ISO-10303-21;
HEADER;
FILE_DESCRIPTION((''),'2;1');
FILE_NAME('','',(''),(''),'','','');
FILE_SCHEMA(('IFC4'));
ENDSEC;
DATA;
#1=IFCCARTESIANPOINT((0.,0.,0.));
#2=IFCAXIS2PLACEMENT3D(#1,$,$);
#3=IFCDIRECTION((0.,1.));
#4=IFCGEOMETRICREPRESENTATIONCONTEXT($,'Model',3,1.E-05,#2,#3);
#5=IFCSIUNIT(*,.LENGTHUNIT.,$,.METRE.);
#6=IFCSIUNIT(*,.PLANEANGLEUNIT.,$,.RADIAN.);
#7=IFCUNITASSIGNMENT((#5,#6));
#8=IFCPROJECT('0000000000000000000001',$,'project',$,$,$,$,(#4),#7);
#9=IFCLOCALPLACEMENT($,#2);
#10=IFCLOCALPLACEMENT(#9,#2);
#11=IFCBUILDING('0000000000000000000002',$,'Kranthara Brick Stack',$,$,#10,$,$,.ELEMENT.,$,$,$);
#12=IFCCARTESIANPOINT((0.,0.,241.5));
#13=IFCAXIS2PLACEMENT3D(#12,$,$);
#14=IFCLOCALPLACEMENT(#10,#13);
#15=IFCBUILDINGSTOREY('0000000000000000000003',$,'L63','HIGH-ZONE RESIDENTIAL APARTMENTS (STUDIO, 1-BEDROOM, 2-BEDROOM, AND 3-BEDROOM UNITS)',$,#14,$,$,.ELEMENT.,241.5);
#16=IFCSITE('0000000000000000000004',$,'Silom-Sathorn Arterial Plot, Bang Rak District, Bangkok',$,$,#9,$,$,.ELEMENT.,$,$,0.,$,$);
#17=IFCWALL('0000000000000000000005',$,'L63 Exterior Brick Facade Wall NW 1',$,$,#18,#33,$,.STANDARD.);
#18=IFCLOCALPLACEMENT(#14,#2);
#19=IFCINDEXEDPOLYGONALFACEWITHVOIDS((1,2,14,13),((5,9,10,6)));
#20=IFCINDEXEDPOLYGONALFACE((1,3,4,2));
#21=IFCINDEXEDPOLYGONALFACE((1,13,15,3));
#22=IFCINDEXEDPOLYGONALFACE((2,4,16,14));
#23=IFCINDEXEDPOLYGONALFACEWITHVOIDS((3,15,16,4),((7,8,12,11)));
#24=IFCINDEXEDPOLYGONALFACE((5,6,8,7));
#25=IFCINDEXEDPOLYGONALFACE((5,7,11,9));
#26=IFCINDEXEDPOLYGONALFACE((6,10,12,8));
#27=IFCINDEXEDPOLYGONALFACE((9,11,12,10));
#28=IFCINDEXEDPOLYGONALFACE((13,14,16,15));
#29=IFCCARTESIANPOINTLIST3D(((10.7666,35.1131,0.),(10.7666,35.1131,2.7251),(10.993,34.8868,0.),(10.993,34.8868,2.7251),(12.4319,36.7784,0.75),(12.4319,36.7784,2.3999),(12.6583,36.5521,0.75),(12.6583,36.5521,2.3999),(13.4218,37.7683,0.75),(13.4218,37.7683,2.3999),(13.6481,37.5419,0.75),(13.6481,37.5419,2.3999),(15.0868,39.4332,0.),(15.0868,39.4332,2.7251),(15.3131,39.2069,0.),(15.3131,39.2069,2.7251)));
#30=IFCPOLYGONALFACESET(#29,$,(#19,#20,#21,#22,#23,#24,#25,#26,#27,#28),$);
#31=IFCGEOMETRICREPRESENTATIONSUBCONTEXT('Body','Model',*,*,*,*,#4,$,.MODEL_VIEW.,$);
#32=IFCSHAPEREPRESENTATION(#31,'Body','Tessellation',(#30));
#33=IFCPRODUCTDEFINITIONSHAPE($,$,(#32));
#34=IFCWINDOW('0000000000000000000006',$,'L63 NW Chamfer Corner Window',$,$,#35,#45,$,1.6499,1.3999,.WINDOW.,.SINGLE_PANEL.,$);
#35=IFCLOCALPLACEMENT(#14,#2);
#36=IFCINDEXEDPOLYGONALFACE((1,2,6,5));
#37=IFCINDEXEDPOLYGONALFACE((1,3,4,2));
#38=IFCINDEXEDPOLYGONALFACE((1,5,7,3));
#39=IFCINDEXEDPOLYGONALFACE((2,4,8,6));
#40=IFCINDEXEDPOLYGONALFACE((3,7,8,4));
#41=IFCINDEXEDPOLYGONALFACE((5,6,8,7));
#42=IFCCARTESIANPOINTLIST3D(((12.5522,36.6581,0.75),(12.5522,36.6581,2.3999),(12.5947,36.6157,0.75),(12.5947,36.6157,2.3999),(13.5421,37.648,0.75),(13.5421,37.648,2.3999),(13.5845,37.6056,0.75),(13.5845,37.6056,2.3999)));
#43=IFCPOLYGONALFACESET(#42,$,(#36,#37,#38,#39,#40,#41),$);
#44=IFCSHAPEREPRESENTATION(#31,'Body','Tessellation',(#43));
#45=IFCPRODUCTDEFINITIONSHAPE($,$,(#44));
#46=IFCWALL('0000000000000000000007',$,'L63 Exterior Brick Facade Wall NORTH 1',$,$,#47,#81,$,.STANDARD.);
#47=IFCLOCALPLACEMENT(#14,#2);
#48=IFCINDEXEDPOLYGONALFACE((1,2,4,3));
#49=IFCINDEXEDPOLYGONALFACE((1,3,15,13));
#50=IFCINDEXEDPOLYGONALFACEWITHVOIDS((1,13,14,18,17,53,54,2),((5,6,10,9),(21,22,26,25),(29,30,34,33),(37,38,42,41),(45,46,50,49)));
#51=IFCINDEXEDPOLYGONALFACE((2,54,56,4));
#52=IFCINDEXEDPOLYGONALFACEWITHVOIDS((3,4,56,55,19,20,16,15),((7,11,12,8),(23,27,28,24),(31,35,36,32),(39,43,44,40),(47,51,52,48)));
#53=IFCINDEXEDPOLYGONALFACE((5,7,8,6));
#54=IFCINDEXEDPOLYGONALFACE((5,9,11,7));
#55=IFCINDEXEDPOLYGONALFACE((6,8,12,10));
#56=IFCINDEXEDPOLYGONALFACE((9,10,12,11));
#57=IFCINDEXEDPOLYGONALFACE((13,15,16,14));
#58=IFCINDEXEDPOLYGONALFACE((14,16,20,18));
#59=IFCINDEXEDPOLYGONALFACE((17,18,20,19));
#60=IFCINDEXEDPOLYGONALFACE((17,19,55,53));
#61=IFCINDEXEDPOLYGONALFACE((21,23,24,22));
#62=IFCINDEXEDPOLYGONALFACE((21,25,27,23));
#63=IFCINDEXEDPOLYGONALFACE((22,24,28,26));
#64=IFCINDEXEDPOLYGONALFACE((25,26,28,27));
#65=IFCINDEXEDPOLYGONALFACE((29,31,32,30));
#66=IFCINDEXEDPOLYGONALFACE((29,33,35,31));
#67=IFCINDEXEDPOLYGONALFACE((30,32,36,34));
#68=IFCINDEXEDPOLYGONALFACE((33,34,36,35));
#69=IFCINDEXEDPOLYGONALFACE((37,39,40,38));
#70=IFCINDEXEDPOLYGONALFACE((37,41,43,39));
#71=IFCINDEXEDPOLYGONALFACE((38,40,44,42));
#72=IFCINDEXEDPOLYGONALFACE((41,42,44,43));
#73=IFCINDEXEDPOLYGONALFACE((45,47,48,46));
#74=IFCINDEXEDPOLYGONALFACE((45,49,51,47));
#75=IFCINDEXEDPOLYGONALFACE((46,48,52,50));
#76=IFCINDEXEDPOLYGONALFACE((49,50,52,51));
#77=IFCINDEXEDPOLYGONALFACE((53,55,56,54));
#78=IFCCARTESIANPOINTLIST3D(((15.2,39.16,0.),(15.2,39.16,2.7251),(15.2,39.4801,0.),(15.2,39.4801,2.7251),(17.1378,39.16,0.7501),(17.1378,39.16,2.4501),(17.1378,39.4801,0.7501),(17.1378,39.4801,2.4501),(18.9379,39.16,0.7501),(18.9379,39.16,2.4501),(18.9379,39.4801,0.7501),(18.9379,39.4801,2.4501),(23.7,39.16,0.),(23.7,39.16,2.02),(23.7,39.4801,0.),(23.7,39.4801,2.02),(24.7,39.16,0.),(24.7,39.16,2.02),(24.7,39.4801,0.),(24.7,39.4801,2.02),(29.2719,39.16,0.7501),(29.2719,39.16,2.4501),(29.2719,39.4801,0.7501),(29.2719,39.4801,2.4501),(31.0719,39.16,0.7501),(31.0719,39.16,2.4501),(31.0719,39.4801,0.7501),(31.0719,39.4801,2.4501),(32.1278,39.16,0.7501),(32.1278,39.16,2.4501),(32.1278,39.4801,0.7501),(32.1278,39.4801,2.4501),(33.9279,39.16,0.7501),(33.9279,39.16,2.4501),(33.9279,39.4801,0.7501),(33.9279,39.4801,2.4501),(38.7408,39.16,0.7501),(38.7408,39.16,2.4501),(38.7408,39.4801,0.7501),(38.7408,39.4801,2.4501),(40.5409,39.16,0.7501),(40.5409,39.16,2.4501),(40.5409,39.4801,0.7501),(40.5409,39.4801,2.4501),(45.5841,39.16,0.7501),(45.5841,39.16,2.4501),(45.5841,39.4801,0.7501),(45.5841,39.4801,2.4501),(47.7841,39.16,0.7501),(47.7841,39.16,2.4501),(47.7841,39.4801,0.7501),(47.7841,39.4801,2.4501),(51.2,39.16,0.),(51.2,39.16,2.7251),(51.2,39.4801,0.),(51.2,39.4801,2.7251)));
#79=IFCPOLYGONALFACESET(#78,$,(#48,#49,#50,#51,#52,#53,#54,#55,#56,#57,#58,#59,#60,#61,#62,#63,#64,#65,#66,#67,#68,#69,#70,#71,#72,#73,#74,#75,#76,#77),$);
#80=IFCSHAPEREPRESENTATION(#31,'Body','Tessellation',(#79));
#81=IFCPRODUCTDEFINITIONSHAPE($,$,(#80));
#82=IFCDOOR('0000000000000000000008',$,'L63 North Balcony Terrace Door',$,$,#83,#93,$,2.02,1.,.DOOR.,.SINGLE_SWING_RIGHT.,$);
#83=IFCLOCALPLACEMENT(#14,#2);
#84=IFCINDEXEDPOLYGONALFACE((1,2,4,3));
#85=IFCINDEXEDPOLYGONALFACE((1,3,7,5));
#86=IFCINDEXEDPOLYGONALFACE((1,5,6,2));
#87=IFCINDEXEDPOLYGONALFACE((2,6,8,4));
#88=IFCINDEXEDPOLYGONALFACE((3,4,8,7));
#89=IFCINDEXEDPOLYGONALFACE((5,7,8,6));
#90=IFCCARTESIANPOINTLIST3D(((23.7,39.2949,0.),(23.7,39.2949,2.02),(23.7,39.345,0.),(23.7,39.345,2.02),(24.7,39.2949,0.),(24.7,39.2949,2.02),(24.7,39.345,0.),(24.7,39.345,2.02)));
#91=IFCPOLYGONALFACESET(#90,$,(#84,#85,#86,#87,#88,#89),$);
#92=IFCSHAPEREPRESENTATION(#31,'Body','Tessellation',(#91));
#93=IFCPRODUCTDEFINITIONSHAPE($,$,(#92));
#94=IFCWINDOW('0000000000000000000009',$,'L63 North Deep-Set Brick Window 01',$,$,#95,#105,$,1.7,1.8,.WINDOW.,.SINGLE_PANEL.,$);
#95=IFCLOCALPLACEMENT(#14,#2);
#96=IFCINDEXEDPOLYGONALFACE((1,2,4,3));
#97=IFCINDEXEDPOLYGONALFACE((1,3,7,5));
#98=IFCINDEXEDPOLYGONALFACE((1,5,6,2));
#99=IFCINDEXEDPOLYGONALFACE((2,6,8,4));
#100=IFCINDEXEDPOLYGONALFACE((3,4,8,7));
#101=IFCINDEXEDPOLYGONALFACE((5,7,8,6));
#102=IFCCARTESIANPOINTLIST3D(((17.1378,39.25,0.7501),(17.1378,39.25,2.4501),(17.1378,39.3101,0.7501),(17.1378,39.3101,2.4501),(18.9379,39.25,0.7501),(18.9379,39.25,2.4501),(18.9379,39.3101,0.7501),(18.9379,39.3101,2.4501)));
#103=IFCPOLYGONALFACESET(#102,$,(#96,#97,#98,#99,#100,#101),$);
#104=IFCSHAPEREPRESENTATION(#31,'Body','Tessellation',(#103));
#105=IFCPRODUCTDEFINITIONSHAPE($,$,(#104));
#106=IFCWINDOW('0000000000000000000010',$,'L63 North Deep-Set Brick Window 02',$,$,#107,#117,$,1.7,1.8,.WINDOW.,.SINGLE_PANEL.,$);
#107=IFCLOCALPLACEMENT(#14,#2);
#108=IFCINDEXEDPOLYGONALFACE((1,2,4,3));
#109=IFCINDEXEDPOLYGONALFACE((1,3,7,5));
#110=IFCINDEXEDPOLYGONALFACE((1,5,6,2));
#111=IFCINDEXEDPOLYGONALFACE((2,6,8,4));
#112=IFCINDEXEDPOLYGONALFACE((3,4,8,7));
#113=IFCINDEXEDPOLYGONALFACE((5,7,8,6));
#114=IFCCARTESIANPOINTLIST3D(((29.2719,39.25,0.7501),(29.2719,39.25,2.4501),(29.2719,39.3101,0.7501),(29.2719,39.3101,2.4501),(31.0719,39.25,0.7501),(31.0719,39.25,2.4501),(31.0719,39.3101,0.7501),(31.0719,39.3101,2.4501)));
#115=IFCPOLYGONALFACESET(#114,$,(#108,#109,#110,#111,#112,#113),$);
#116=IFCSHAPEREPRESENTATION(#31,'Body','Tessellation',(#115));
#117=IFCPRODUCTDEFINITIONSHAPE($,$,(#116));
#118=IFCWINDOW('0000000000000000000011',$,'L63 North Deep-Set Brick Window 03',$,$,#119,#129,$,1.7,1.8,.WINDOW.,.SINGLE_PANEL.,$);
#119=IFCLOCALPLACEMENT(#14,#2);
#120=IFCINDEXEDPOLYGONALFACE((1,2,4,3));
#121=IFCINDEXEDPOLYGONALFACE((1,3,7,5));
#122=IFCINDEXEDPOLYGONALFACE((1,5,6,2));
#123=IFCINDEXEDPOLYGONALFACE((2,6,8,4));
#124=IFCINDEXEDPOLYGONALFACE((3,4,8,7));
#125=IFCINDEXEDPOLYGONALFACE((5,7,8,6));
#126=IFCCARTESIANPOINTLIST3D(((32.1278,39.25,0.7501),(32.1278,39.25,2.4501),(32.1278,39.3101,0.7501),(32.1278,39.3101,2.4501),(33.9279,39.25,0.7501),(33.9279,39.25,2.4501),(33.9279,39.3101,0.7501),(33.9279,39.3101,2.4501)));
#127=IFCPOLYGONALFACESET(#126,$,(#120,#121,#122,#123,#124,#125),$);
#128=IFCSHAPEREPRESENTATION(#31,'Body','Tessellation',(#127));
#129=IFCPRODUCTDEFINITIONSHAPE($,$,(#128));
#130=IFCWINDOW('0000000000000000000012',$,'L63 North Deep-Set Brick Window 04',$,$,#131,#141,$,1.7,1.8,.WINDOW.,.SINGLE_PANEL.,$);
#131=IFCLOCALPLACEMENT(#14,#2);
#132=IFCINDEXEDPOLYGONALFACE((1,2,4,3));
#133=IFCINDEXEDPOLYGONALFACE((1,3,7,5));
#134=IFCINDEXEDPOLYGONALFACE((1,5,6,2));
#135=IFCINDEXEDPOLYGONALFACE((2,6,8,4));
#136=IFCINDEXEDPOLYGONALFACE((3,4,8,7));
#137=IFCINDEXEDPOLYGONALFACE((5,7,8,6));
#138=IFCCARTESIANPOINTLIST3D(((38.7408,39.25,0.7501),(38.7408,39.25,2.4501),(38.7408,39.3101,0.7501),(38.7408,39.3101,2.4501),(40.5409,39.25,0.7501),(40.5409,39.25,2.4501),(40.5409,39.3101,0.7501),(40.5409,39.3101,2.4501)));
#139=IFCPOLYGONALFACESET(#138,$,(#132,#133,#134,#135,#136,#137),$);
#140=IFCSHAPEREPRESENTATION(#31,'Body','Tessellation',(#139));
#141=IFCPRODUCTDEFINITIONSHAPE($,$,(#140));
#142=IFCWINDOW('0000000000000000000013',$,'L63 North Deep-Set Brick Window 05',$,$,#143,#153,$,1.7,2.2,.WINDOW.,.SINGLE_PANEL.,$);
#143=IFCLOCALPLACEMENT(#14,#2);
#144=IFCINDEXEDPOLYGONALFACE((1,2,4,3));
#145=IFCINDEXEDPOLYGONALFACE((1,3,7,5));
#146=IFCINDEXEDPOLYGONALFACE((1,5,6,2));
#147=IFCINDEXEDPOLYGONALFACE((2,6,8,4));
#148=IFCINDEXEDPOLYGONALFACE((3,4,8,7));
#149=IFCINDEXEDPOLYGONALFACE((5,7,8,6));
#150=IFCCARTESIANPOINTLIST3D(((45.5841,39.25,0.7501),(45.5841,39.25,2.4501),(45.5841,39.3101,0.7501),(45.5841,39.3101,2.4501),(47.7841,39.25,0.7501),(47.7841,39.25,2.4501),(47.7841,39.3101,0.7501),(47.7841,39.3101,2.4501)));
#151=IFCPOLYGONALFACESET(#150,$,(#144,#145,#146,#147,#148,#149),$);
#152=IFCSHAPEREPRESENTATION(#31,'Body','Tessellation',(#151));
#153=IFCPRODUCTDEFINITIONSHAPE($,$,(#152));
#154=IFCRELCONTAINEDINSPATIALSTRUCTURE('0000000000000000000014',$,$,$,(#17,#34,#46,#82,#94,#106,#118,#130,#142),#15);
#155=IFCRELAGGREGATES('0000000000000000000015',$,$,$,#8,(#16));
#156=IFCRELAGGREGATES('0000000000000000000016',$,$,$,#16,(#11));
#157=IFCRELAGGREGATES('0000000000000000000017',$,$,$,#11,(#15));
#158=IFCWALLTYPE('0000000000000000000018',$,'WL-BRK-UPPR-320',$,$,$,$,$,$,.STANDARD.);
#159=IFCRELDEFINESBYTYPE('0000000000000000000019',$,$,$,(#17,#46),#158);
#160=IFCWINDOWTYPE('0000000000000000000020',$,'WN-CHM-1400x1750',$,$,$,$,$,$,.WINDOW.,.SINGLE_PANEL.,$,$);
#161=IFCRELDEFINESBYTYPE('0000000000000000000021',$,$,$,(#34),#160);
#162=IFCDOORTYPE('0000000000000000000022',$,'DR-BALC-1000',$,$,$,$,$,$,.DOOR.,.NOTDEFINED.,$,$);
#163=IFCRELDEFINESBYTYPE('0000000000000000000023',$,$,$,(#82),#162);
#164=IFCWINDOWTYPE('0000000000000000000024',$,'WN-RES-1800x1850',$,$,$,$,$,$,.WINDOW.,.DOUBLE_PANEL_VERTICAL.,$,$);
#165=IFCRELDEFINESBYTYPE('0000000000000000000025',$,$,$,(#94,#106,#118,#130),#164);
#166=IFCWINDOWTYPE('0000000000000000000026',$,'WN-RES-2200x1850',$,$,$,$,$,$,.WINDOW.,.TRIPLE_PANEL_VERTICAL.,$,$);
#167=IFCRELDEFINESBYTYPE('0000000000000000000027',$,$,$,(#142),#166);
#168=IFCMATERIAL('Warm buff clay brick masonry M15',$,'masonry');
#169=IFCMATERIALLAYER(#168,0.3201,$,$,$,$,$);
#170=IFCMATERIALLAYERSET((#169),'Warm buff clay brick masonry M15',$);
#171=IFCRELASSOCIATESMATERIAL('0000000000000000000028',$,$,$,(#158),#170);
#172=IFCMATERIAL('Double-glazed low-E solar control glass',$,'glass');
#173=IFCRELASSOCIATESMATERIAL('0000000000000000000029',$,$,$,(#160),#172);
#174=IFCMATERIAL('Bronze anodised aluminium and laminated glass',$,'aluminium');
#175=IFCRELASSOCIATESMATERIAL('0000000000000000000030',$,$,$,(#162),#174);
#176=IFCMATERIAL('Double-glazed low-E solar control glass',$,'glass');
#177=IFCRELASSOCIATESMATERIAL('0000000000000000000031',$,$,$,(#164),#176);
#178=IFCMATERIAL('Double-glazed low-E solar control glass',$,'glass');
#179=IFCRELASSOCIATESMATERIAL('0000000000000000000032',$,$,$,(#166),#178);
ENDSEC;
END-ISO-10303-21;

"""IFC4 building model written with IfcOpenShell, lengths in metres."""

from ifc_helpers import new_model, si_unit, direction, frame, frame_2d, origin, place, context, subcontext, project, spatial, rectangle, extrude, material, layer, layer_set, type_object, element, fill, save


model = new_model("IFC4")

# Units and contexts
model_context = context("Model", 3, precision=1e-05, world=origin(), true_north=direction((0.0, 1.0)))
body_context = subcontext(model_context, "Body", "Model", "MODEL_VIEW")
ifc_project = project(units=[si_unit("LENGTHUNIT", "METRE"), si_unit("PLANEANGLEUNIT", "RADIAN")], contexts=[model_context])

# Site, building, storey
site_placement = place(None, origin())
site = spatial("IfcSite", under=ifc_project, at=site_placement, Name="Silom-Sathorn Arterial Plot, Bang Rak District, Bangkok", CompositionType="ELEMENT", RefElevation=0.0)
building_placement = place(site_placement, origin())
building = spatial("IfcBuilding", under=site, at=building_placement, Name="Kranthara Brick Stack", CompositionType="ELEMENT")
storey_placement = place(building_placement, frame((0.0, 0.0, 241.5)))
storey = spatial("IfcBuildingStorey", under=building, at=storey_placement, Name="L63", Description="HIGH-ZONE RESIDENTIAL APARTMENTS (STUDIO, 1-BEDROOM, 2-BEDROOM, AND 3-BEDROOM UNITS)", CompositionType="ELEMENT", Elevation=241.5)

# Wall, opening, window
ifc_material_1 = material(Name="Warm buff clay brick masonry M15", Category="masonry")
ifc_layer_1 = layer(ifc_material_1, 0.3201)
ifc_layer_set_1 = layer_set([ifc_layer_1], Name="Warm buff clay brick masonry M15")
wall_type_1 = type_object("IfcWallType", Name="WL-BRK-UPPR-320", PredefinedType="STANDARD", material=ifc_layer_set_1)
wall_1_placement = place(storey_placement, frame((10.8799, 35.0, 0.0), z_axis=(0.0, 0.0, 1.0), x_axis=(0.707107, 0.707107, 0.0)))
wall_1 = element("IfcWall", 1, at=wall_1_placement, inside=storey, type_object=wall_type_1, Name="L63 Exterior Brick Facade Wall NW 1", PredefinedType="STANDARD", context=body_context, shape_type="SweptSolid", body=[
    extrude(rectangle(XDim=6.1096, YDim=0.3201, at=frame_2d((3.0547, 0.0))), origin(), (0.0, 0.0, 1.0), 2.7251),
])
opening_1_placement = place(wall_1_placement, frame((2.355, 0.0, 0.75)))
opening_1 = element("IfcOpeningElement", 2, at=opening_1_placement, cuts=wall_1, PredefinedType="OPENING", context=body_context, shape_type="SweptSolid", body=[
    extrude(rectangle(XDim=1.3999, YDim=1.6499, at=frame_2d((0.7, 0.825))), frame((0.0, 0.1699, 0.0), z_axis=(0.0, -1.0, 0.0), x_axis=(1.0, 0.0, 0.0)), (0.0, 0.0, 1.0), 0.3401),
])
ifc_material_2 = material(Name="Double-glazed low-E solar control glass", Category="glass")
window_type_1 = type_object("IfcWindowType", Name="WN-CHM-1400x1750", PartitioningType="SINGLE_PANEL", PredefinedType="WINDOW", material=ifc_material_2)
window_1_placement = place(opening_1_placement, origin())
window_1 = element("IfcWindow", 3, at=window_1_placement, inside=storey, type_object=window_type_1, Name="L63 NW Chamfer Corner Window", OverallHeight=1.6499, OverallWidth=1.3999, PartitioningType="SINGLE_PANEL", PredefinedType="WINDOW", context=body_context, shape_type="SweptSolid", body=[
    extrude(rectangle(XDim=1.3999, YDim=1.6499, at=frame_2d((0.7, 0.825))), frame((0.0, -0.01, 0.0), z_axis=(0.0, -1.0, 0.0), x_axis=(1.0, 0.0, 0.0)), (0.0, 0.0, 1.0), 0.0601),
])
fill(opening_1, window_1)

# Wall, openings, door, windows
wall_2_placement = place(storey_placement, frame((15.2, 39.3201, 0.0), z_axis=(0.0, 0.0, 1.0), x_axis=(1.0, 0.0, 0.0)))
wall_2 = element("IfcWall", 4, at=wall_2_placement, inside=storey, type_object=wall_type_1, Name="L63 Exterior Brick Facade Wall NORTH 1", PredefinedType="STANDARD", context=body_context, shape_type="SweptSolid", body=[
    extrude(rectangle(XDim=36.0, YDim=0.3201, at=frame_2d((18.0, 0.0))), origin(), (0.0, 0.0, 1.0), 2.7251),
])
opening_2_placement = place(wall_2_placement, frame((8.5, 0.0, 0.0)))
opening_2 = element("IfcOpeningElement", 5, at=opening_2_placement, cuts=wall_2, PredefinedType="OPENING", context=body_context, shape_type="SweptSolid", body=[
    extrude(rectangle(XDim=1.0, YDim=2.02, at=frame_2d((0.5, 1.01))), frame((0.0, 0.1699, 0.0), z_axis=(0.0, -1.0, 0.0), x_axis=(1.0, 0.0, 0.0)), (0.0, 0.0, 1.0), 0.3401),
])
opening_3_placement = place(wall_2_placement, frame((1.938, 0.0, 0.75)))
opening_3 = element("IfcOpeningElement", 6, at=opening_3_placement, cuts=wall_2, PredefinedType="OPENING", context=body_context, shape_type="SweptSolid", body=[
    extrude(rectangle(XDim=1.8, YDim=1.7, at=frame_2d((0.8999, 0.8501))), frame((0.0, 0.1699, 0.0), z_axis=(0.0, -1.0, 0.0), x_axis=(1.0, 0.0, 0.0)), (0.0, 0.0, 1.0), 0.3401),
])
opening_4_placement = place(wall_2_placement, frame((14.072, 0.0, 0.75)))
opening_4 = element("IfcOpeningElement", 7, at=opening_4_placement, cuts=wall_2, PredefinedType="OPENING", context=body_context, shape_type="SweptSolid", body=[
    extrude(rectangle(XDim=1.8, YDim=1.7, at=frame_2d((0.8999, 0.8501))), frame((0.0, 0.1699, 0.0), z_axis=(0.0, -1.0, 0.0), x_axis=(1.0, 0.0, 0.0)), (0.0, 0.0, 1.0), 0.3401),
])
opening_5_placement = place(wall_2_placement, frame((16.928, 0.0, 0.75)))
opening_5 = element("IfcOpeningElement", 8, at=opening_5_placement, cuts=wall_2, PredefinedType="OPENING", context=body_context, shape_type="SweptSolid", body=[
    extrude(rectangle(XDim=1.8, YDim=1.7, at=frame_2d((0.8999, 0.8501))), frame((0.0, 0.1699, 0.0), z_axis=(0.0, -1.0, 0.0), x_axis=(1.0, 0.0, 0.0)), (0.0, 0.0, 1.0), 0.3401),
])
opening_6_placement = place(wall_2_placement, frame((23.541, 0.0, 0.75)))
opening_6 = element("IfcOpeningElement", 9, at=opening_6_placement, cuts=wall_2, PredefinedType="OPENING", context=body_context, shape_type="SweptSolid", body=[
    extrude(rectangle(XDim=1.8, YDim=1.7, at=frame_2d((0.8999, 0.8501))), frame((0.0, 0.1699, 0.0), z_axis=(0.0, -1.0, 0.0), x_axis=(1.0, 0.0, 0.0)), (0.0, 0.0, 1.0), 0.3401),
])
opening_7_placement = place(wall_2_placement, frame((30.384, 0.0, 0.75)))
opening_7 = element("IfcOpeningElement", 10, at=opening_7_placement, cuts=wall_2, PredefinedType="OPENING", context=body_context, shape_type="SweptSolid", body=[
    extrude(rectangle(XDim=2.2, YDim=1.7, at=frame_2d((1.1001, 0.8501))), frame((0.0, 0.1699, 0.0), z_axis=(0.0, -1.0, 0.0), x_axis=(1.0, 0.0, 0.0)), (0.0, 0.0, 1.0), 0.3401),
])
ifc_material_3 = material(Name="Bronze anodised aluminium and laminated glass", Category="aluminium")
door_type_1 = type_object("IfcDoorType", Name="DR-BALC-1000", OperationType="NOTDEFINED", PredefinedType="DOOR", material=ifc_material_3)
door_1_placement = place(opening_2_placement, origin())
door_1 = element("IfcDoor", 11, at=door_1_placement, inside=storey, type_object=door_type_1, Name="L63 North Balcony Terrace Door", OperationType="SINGLE_SWING_RIGHT", OverallHeight=2.02, OverallWidth=1.0, PredefinedType="DOOR", context=body_context, shape_type="SweptSolid", body=[
    extrude(rectangle(XDim=1.0, YDim=2.02, at=frame_2d((0.5, 1.01))), frame((0.0, 0.0249, 0.0), z_axis=(0.0, -1.0, 0.0), x_axis=(1.0, 0.0, 0.0)), (0.0, 0.0, 1.0), 0.05),
])
fill(opening_2, door_1)
ifc_material_4 = material(Name="Double-glazed low-E solar control glass", Category="glass")
window_type_2 = type_object("IfcWindowType", Name="WN-RES-1800x1850", PartitioningType="DOUBLE_PANEL_VERTICAL", PredefinedType="WINDOW", material=ifc_material_4)
window_2_placement = place(opening_3_placement, origin())
window_2 = element("IfcWindow", 12, at=window_2_placement, inside=storey, type_object=window_type_2, Name="L63 North Deep-Set Brick Window 01", OverallHeight=1.7, OverallWidth=1.8, PartitioningType="SINGLE_PANEL", PredefinedType="WINDOW", context=body_context, shape_type="SweptSolid", body=[
    extrude(rectangle(XDim=1.8, YDim=1.7, at=frame_2d((0.8999, 0.8501))), frame((0.0, -0.01, 0.0), z_axis=(0.0, -1.0, 0.0), x_axis=(1.0, 0.0, 0.0)), (0.0, 0.0, 1.0), 0.0601),
])
fill(opening_3, window_2)
window_3_placement = place(opening_4_placement, origin())
window_3 = element("IfcWindow", 13, at=window_3_placement, inside=storey, type_object=window_type_2, Name="L63 North Deep-Set Brick Window 02", OverallHeight=1.7, OverallWidth=1.8, PartitioningType="SINGLE_PANEL", PredefinedType="WINDOW", context=body_context, shape_type="SweptSolid", body=[
    extrude(rectangle(XDim=1.8, YDim=1.7, at=frame_2d((0.8999, 0.8501))), frame((0.0, -0.01, 0.0), z_axis=(0.0, -1.0, 0.0), x_axis=(1.0, 0.0, 0.0)), (0.0, 0.0, 1.0), 0.0601),
])
fill(opening_4, window_3)
window_4_placement = place(opening_5_placement, origin())
window_4 = element("IfcWindow", 14, at=window_4_placement, inside=storey, type_object=window_type_2, Name="L63 North Deep-Set Brick Window 03", OverallHeight=1.7, OverallWidth=1.8, PartitioningType="SINGLE_PANEL", PredefinedType="WINDOW", context=body_context, shape_type="SweptSolid", body=[
    extrude(rectangle(XDim=1.8, YDim=1.7, at=frame_2d((0.8999, 0.8501))), frame((0.0, -0.01, 0.0), z_axis=(0.0, -1.0, 0.0), x_axis=(1.0, 0.0, 0.0)), (0.0, 0.0, 1.0), 0.0601),
])
fill(opening_5, window_4)
window_5_placement = place(opening_6_placement, origin())
window_5 = element("IfcWindow", 15, at=window_5_placement, inside=storey, type_object=window_type_2, Name="L63 North Deep-Set Brick Window 04", OverallHeight=1.7, OverallWidth=1.8, PartitioningType="SINGLE_PANEL", PredefinedType="WINDOW", context=body_context, shape_type="SweptSolid", body=[
    extrude(rectangle(XDim=1.8, YDim=1.7, at=frame_2d((0.8999, 0.8501))), frame((0.0, -0.01, 0.0), z_axis=(0.0, -1.0, 0.0), x_axis=(1.0, 0.0, 0.0)), (0.0, 0.0, 1.0), 0.0601),
])
fill(opening_6, window_5)
ifc_material_5 = material(Name="Double-glazed low-E solar control glass", Category="glass")
window_type_3 = type_object("IfcWindowType", Name="WN-RES-2200x1850", PartitioningType="TRIPLE_PANEL_VERTICAL", PredefinedType="WINDOW", material=ifc_material_5)
window_6_placement = place(opening_7_placement, origin())
window_6 = element("IfcWindow", 16, at=window_6_placement, inside=storey, type_object=window_type_3, Name="L63 North Deep-Set Brick Window 05", OverallHeight=1.7, OverallWidth=2.2, PartitioningType="SINGLE_PANEL", PredefinedType="WINDOW", context=body_context, shape_type="SweptSolid", body=[
    extrude(rectangle(XDim=2.2, YDim=1.7, at=frame_2d((1.1001, 0.8501))), frame((0.0, -0.01, 0.0), z_axis=(0.0, -1.0, 0.0), x_axis=(1.0, 0.0, 0.0)), (0.0, 0.0, 1.0), 0.0601),
])
fill(opening_7, window_6)

save(model, "model.ifc")
